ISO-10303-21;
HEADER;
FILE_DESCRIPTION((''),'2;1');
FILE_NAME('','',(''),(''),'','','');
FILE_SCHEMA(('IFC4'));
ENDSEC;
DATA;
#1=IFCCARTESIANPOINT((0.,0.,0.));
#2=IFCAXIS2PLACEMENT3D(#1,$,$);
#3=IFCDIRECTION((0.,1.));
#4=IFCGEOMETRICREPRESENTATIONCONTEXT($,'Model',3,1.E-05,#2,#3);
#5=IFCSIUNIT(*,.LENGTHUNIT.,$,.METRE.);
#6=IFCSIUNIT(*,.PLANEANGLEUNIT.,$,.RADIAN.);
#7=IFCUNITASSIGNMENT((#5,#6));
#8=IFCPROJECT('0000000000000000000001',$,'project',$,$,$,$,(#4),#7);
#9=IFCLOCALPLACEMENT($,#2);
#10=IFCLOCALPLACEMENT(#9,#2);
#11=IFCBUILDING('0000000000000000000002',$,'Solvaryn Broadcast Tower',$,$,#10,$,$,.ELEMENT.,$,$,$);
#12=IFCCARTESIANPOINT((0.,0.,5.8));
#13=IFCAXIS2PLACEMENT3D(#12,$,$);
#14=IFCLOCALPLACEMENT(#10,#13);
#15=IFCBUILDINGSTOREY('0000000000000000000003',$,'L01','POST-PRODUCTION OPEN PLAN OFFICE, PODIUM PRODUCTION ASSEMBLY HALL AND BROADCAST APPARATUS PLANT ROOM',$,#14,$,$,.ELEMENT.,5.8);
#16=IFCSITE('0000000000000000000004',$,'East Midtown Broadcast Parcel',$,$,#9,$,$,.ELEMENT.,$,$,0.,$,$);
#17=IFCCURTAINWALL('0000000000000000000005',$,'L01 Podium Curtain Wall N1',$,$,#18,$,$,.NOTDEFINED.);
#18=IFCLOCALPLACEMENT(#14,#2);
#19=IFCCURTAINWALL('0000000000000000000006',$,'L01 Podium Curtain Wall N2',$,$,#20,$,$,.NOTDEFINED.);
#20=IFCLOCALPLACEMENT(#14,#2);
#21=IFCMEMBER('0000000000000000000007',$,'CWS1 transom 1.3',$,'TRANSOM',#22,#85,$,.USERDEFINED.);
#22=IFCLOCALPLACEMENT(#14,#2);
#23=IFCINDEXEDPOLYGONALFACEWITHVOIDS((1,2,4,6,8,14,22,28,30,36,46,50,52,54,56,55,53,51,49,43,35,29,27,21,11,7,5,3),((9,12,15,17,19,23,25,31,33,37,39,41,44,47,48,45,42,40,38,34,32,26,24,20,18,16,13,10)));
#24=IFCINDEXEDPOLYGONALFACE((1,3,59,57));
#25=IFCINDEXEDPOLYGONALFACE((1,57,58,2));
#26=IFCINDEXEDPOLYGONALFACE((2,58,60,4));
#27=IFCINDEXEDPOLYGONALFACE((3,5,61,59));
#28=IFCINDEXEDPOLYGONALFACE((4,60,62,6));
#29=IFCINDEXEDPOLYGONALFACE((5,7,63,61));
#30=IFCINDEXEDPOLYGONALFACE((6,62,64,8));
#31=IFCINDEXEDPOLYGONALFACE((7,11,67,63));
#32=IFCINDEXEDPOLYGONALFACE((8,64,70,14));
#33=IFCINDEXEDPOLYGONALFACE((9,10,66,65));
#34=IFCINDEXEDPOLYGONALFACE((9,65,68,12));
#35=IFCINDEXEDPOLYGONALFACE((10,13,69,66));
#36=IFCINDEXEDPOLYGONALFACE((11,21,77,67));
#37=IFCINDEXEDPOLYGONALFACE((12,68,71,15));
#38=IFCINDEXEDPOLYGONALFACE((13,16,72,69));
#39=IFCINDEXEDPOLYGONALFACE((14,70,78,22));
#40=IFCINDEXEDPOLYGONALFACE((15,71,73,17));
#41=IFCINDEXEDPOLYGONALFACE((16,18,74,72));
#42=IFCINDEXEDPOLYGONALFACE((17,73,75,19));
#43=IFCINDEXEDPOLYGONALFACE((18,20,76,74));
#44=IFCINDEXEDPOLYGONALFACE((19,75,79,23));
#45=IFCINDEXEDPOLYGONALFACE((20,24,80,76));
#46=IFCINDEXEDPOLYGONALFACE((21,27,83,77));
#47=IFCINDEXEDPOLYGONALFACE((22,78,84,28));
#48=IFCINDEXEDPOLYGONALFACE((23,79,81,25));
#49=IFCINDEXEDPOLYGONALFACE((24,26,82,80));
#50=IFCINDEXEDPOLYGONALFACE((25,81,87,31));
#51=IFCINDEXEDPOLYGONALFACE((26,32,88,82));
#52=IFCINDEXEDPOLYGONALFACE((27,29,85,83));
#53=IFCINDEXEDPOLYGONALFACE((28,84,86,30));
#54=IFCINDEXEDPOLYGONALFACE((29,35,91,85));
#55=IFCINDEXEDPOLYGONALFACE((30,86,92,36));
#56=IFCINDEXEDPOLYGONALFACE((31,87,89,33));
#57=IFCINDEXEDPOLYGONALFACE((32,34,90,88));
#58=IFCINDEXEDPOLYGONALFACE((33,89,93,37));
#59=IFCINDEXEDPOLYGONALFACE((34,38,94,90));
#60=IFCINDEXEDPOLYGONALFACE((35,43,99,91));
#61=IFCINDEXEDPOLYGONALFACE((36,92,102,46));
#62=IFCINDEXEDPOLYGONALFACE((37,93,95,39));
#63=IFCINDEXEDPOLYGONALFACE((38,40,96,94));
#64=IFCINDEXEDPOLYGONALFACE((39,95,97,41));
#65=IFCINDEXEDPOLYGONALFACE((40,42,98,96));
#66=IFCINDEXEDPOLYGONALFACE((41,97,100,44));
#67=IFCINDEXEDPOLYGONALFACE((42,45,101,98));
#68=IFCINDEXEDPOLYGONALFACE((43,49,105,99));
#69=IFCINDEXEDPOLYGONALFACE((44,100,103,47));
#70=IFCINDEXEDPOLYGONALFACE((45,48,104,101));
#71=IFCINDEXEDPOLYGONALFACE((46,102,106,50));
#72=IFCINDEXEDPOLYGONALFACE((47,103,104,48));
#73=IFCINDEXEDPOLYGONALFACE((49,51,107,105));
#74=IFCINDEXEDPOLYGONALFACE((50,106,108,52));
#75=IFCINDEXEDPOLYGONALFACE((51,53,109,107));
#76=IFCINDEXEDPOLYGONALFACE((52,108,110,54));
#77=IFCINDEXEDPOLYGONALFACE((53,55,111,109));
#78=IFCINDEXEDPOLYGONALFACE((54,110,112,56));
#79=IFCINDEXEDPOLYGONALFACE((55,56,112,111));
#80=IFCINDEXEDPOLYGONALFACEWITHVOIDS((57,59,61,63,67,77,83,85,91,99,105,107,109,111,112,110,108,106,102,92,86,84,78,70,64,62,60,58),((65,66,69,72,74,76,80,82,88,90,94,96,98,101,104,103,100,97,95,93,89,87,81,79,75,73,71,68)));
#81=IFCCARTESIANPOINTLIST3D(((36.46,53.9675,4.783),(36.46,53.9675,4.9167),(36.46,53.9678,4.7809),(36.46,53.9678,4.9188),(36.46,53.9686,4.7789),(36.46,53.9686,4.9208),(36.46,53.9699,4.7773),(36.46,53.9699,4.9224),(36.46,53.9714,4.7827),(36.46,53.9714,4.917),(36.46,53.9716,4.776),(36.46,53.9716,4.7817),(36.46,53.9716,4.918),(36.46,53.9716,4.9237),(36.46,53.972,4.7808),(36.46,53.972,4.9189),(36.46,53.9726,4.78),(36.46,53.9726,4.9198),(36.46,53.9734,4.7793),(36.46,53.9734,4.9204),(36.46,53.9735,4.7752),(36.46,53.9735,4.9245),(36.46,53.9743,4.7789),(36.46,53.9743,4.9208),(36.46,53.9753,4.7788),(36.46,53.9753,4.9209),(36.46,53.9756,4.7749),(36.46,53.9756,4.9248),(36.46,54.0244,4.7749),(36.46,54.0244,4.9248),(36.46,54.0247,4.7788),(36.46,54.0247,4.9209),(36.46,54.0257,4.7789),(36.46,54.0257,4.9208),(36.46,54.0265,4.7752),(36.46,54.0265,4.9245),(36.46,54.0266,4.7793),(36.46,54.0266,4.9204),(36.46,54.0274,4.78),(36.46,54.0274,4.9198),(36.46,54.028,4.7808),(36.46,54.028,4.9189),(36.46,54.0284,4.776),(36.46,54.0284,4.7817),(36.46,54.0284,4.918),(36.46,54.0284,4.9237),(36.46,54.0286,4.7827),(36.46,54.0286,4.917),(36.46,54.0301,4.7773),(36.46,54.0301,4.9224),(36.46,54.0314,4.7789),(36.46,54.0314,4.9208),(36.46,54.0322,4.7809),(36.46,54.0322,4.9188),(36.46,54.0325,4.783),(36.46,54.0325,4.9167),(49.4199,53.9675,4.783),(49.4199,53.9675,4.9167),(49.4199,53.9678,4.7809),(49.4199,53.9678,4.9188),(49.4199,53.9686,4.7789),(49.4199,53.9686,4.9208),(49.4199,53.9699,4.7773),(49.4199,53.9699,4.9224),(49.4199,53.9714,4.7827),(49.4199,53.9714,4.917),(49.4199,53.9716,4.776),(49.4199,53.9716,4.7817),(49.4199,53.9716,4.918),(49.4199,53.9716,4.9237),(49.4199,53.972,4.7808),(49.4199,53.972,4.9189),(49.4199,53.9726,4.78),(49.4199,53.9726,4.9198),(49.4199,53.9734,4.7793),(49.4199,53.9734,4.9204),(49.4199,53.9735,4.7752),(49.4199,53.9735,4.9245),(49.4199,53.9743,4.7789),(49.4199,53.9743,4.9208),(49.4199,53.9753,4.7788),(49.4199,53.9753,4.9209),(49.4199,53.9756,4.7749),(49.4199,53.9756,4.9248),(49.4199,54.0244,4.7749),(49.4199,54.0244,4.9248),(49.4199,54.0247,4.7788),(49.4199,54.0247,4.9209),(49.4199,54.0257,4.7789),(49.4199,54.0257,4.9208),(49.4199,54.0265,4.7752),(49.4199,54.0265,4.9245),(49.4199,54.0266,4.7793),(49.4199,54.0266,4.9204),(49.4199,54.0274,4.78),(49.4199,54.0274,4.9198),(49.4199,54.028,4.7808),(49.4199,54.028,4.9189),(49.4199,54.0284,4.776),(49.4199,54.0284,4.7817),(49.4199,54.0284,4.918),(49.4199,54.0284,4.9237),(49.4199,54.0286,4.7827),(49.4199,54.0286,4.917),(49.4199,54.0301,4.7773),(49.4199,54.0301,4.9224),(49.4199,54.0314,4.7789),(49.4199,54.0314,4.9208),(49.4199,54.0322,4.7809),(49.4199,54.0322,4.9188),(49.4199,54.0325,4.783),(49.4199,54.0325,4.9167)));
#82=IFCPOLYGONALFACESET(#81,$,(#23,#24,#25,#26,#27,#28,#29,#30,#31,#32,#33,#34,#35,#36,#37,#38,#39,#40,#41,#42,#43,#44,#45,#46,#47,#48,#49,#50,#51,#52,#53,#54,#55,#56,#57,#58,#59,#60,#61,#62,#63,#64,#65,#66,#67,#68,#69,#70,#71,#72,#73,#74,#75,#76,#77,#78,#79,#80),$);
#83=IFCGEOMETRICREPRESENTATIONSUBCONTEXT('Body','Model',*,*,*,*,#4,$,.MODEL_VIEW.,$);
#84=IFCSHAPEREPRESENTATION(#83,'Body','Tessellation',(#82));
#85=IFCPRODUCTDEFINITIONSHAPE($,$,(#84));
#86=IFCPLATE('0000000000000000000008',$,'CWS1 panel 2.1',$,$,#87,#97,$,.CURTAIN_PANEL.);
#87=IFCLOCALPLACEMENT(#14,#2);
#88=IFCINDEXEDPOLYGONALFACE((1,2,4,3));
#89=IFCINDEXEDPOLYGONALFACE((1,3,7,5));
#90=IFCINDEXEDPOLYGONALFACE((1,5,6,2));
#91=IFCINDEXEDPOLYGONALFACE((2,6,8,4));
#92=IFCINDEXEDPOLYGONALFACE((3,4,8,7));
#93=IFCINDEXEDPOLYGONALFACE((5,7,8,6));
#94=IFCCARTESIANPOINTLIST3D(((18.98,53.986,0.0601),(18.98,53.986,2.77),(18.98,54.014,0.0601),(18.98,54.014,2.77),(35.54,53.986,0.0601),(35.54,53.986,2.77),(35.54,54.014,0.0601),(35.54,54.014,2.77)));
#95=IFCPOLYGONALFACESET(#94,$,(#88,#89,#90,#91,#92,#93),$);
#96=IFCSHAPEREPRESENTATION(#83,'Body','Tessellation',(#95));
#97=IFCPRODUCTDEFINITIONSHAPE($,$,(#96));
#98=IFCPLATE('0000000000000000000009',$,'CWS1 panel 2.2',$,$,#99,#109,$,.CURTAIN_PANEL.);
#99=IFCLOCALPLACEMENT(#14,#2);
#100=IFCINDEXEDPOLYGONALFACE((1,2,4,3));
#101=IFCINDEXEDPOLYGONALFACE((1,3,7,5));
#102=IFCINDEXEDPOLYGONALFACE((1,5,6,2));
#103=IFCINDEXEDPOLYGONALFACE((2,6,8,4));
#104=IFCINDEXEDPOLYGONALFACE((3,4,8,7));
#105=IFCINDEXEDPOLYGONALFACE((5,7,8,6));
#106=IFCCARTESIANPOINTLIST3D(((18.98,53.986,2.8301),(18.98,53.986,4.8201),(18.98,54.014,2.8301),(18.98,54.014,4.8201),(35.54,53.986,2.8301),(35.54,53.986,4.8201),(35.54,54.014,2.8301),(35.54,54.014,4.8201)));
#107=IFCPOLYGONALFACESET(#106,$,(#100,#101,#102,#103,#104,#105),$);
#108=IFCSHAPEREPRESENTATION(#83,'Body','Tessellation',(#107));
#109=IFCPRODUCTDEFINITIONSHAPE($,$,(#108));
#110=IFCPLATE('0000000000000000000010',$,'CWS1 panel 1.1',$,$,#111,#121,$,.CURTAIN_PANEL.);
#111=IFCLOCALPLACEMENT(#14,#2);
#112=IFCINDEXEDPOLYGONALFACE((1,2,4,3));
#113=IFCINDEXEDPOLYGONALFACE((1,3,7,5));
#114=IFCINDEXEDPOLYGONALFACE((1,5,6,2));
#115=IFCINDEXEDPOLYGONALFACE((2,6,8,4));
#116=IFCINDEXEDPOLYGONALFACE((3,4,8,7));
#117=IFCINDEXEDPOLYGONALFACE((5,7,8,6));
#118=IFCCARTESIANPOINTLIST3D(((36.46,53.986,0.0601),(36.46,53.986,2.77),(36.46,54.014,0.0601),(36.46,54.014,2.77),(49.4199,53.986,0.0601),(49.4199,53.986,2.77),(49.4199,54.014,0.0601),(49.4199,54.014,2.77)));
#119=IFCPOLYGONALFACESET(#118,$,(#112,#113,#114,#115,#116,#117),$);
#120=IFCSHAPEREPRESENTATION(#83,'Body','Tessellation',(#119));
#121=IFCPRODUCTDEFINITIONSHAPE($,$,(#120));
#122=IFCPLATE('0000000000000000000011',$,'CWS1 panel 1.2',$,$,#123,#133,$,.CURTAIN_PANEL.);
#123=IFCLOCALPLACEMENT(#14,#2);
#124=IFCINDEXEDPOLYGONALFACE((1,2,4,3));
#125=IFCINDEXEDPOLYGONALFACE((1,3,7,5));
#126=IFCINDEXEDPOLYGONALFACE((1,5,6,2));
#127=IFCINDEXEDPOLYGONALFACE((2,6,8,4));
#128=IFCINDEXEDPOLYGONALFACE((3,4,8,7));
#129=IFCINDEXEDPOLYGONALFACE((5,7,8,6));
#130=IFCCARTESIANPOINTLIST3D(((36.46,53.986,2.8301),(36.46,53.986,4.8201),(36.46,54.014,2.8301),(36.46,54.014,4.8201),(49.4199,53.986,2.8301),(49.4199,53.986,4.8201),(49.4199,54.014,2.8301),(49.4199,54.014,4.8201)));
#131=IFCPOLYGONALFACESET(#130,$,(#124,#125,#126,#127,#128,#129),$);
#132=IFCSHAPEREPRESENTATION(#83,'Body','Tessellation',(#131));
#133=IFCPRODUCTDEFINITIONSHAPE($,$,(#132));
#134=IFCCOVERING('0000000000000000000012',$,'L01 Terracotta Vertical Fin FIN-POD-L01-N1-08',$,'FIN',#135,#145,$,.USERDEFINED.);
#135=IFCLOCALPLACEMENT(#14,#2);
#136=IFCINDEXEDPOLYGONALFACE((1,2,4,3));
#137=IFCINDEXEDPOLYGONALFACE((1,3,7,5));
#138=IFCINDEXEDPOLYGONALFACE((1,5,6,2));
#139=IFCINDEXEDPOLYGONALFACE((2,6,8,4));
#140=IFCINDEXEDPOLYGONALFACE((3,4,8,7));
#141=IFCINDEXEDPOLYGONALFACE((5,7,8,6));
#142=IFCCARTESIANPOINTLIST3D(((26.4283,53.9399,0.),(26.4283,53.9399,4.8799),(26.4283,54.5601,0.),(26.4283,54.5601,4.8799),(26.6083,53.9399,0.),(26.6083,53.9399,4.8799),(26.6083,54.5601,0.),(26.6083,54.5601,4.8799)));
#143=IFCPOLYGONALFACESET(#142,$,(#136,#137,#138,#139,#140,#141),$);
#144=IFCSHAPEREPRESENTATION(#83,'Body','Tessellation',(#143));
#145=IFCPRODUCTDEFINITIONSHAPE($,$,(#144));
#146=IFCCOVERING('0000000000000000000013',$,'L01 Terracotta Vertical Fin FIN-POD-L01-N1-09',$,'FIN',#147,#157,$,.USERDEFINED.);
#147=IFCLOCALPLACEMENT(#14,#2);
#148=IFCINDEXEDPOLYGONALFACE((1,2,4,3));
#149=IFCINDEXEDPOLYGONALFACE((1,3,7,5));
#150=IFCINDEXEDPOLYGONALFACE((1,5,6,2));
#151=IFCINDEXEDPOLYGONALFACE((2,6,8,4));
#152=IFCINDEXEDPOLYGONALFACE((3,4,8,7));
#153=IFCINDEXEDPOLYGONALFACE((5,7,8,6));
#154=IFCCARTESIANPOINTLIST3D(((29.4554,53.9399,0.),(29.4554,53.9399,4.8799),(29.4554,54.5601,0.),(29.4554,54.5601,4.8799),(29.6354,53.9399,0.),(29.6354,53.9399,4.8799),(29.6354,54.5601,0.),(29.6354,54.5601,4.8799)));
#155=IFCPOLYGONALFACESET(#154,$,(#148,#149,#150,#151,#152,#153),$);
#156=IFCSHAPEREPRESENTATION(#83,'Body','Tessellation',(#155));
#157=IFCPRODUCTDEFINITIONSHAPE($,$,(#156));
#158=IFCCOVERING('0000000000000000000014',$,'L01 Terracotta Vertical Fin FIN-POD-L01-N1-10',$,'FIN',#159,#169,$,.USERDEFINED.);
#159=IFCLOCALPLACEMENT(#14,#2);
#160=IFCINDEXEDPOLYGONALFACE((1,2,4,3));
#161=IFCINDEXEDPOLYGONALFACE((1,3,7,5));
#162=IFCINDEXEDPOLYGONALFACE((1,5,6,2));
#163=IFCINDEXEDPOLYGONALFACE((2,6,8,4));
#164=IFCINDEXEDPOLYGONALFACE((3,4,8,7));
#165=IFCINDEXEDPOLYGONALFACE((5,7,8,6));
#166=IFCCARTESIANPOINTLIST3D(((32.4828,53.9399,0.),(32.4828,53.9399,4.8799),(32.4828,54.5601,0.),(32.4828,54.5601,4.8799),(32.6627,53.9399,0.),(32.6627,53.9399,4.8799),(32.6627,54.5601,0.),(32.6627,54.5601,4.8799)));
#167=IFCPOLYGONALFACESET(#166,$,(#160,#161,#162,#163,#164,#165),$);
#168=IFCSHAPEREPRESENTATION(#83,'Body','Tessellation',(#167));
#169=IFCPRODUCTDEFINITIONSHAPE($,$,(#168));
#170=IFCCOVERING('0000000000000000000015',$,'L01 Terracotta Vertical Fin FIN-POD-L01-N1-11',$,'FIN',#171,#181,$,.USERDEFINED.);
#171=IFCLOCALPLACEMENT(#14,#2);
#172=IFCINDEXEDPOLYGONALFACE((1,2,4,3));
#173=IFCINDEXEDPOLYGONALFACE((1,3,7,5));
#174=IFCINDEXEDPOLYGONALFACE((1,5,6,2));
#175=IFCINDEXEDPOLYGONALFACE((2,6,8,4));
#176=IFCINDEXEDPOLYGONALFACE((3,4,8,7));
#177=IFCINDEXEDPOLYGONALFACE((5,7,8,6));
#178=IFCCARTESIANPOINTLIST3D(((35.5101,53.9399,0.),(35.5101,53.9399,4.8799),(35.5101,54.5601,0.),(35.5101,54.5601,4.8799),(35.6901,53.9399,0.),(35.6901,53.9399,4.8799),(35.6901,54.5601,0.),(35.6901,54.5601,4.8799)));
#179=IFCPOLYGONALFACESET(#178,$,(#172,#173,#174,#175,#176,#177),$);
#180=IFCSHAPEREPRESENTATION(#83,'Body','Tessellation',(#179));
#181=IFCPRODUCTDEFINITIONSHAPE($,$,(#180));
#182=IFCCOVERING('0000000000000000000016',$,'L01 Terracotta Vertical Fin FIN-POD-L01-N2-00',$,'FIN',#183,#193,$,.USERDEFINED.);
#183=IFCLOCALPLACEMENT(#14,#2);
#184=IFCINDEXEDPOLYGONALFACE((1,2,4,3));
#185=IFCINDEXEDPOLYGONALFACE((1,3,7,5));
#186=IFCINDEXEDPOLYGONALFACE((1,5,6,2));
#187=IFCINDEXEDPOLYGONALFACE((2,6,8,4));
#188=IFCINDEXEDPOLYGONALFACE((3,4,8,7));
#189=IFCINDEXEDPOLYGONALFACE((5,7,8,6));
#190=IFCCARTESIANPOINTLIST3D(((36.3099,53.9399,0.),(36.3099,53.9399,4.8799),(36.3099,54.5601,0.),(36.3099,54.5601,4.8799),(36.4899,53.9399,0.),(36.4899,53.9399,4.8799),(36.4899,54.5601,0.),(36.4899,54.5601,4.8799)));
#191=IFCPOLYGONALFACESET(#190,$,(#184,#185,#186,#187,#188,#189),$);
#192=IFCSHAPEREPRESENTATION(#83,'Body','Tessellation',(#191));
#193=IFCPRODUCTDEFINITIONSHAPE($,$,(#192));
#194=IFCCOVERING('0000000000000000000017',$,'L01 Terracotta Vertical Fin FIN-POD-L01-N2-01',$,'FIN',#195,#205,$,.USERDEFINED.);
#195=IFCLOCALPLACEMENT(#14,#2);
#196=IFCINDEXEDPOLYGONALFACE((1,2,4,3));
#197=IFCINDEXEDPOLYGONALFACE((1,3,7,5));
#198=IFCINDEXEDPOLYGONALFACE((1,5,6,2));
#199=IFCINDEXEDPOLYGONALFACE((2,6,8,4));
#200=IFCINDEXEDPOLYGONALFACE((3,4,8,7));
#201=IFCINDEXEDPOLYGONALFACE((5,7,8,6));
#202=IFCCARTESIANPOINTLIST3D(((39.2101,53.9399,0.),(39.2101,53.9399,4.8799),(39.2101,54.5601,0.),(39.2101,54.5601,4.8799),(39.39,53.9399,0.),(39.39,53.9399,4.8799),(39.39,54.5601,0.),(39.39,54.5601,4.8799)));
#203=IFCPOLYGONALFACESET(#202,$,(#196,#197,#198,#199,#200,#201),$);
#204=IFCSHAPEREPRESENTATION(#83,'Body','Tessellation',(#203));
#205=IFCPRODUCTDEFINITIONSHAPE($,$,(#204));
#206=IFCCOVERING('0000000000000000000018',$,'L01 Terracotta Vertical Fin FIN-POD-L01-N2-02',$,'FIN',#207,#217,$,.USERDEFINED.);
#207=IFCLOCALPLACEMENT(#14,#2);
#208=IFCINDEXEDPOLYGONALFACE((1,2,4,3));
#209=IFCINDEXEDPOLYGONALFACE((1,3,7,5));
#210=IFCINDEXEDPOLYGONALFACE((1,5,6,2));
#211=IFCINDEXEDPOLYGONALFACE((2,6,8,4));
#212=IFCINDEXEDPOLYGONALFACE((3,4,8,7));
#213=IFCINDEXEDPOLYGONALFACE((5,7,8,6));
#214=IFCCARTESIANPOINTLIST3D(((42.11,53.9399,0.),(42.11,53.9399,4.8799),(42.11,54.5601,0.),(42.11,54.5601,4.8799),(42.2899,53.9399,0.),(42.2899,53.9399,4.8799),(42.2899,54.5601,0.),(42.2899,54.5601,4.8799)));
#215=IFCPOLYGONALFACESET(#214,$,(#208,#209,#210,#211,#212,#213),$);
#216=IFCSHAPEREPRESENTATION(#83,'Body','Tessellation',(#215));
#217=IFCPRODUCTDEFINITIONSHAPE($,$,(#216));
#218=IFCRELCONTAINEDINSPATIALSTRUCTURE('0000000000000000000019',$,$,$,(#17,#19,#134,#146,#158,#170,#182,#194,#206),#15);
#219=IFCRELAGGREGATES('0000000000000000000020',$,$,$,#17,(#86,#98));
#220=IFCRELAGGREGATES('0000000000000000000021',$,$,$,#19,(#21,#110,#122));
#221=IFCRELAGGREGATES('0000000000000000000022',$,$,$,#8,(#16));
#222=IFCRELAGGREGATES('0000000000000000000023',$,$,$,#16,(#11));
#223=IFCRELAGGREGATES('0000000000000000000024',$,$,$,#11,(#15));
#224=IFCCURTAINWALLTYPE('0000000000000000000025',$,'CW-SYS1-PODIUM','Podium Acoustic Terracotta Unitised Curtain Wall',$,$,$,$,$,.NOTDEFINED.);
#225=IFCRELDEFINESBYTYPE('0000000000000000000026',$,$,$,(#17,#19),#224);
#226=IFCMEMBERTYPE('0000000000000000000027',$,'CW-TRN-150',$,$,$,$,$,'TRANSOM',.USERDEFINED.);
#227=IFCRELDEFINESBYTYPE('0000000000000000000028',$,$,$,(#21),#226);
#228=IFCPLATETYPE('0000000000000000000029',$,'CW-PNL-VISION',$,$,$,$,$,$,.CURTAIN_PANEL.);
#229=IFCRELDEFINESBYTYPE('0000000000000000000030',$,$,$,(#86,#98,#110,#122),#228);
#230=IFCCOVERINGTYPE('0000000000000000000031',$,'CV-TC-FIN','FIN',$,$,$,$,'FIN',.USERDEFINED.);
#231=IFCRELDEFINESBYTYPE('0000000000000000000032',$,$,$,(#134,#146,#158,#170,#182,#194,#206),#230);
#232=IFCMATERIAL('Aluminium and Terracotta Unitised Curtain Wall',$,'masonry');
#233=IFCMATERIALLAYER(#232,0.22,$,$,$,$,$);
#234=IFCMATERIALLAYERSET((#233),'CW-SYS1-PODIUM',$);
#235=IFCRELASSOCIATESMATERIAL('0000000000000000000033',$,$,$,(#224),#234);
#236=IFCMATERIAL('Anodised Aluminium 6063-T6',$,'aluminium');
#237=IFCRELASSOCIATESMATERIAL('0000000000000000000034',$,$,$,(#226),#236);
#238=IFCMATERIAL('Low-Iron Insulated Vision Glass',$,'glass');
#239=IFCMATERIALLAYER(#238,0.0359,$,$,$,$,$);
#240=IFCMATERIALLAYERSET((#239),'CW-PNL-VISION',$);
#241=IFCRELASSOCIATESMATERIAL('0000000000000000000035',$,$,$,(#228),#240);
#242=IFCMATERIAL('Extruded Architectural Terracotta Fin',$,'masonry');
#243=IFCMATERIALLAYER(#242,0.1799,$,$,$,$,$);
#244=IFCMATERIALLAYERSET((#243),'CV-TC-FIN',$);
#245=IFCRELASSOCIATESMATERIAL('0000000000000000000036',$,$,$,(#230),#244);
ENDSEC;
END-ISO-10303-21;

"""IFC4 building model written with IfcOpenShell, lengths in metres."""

from ifc_helpers import new_model, si_unit, direction, frame, origin, origin_2d, place, context, subcontext, project, spatial, rectangle, hollow_rectangle, extrude, material, layer, layer_set, material_profile, profile_set, type_object, element, aggregate, save


model = new_model("IFC4")

# Units and contexts
model_context = context("Model", 3, precision=1e-05, world=origin(), true_north=direction((0.0, 1.0)))
body_context = subcontext(model_context, "Body", "Model", "MODEL_VIEW")
ifc_project = project(units=[si_unit("LENGTHUNIT", "METRE"), si_unit("PLANEANGLEUNIT", "RADIAN")], contexts=[model_context])

# Site, building, storey
site_placement = place(None, origin())
site = spatial("IfcSite", under=ifc_project, at=site_placement, Name="East Midtown Broadcast Parcel", CompositionType="ELEMENT", RefElevation=0.0)
building_placement = place(site_placement, origin())
building = spatial("IfcBuilding", under=site, at=building_placement, Name="Solvaryn Broadcast Tower", CompositionType="ELEMENT")
storey_placement = place(building_placement, frame((0.0, 0.0, 5.8)))
storey = spatial("IfcBuildingStorey", under=building, at=storey_placement, Name="L01", Description="POST-PRODUCTION OPEN PLAN OFFICE, PODIUM PRODUCTION ASSEMBLY HALL AND BROADCAST APPARATUS PLANT ROOM", CompositionType="ELEMENT", Elevation=5.8)

# Curtain wall
ifc_material_1 = material(Name="Aluminium and Terracotta Unitised Curtain Wall", Category="masonry")
ifc_layer_1 = layer(ifc_material_1, 0.22)
ifc_layer_set_1 = layer_set([ifc_layer_1], Name="CW-SYS1-PODIUM")
curtain_wall_type = type_object("IfcCurtainWallType", Name="CW-SYS1-PODIUM", Description="Podium Acoustic Terracotta Unitised Curtain Wall", PredefinedType="NOTDEFINED", material=ifc_layer_set_1)
curtain_wall_1_placement = place(storey_placement, origin())
curtain_wall_1 = element("IfcCurtainWall", 1, at=curtain_wall_1_placement, inside=storey, type_object=curtain_wall_type, Name="L01 Podium Curtain Wall N1", PredefinedType="NOTDEFINED")

# Curtain wall, member
curtain_wall_2_placement = place(storey_placement, origin())
curtain_wall_2 = element("IfcCurtainWall", 2, at=curtain_wall_2_placement, inside=storey, type_object=curtain_wall_type, Name="L01 Podium Curtain Wall N2", PredefinedType="NOTDEFINED")
ifc_material_2 = material(Name="Anodised Aluminium 6063-T6", Category="aluminium")
ifc_material_profile_1 = material_profile(ifc_material_2, hollow_rectangle(XDim=0.0649, YDim=0.1499, WallThickness=0.0039, InnerFilletRadius=0.0039, OuterFilletRadius=0.0081, at=origin_2d()))
ifc_profile_set_1 = profile_set([ifc_material_profile_1], Name="Anodised Aluminium 6063-T6")
member_type_1 = type_object("IfcMemberType", Name="CW-TRN-150", ElementType="TRANSOM", PredefinedType="USERDEFINED", material=ifc_profile_set_1)
member_1_placement = place(storey_placement, frame((36.46, 54.0, 4.8499), z_axis=(1.0, 0.0, 0.0), x_axis=(0.0, 1.0, 0.0)))
member_1 = element("IfcMember", 3, at=member_1_placement, type_object=member_type_1, Name="CWS1 transom 1.3", ObjectType="TRANSOM", PredefinedType="USERDEFINED", context=body_context, shape_type="SweptSolid", body=[
    extrude(hollow_rectangle(XDim=0.0649, YDim=0.1499, WallThickness=0.0039, InnerFilletRadius=0.0039, OuterFilletRadius=0.0081, at=origin_2d()), origin(), (0.0, 0.0, 1.0), 12.96),
])

# Plates
ifc_material_3 = material(Name="Low-Iron Insulated Vision Glass", Category="glass")
ifc_layer_2 = layer(ifc_material_3, 0.0359)
ifc_layer_set_2 = layer_set([ifc_layer_2], Name="CW-PNL-VISION")
plate_type = type_object("IfcPlateType", Name="CW-PNL-VISION", PredefinedType="CURTAIN_PANEL", material=ifc_layer_set_2)
plate_1_placement = place(storey_placement, frame((27.26, 54.0, 0.0601), z_axis=(0.0, 0.0, 1.0), x_axis=(1.0, 0.0, 0.0)))
plate_1 = element("IfcPlate", 4, at=plate_1_placement, type_object=plate_type, Name="CWS1 panel 2.1", PredefinedType="CURTAIN_PANEL", context=body_context, shape_type="SweptSolid", body=[
    extrude(rectangle(XDim=16.5601, YDim=0.0281, at=origin_2d()), origin(), (0.0, 0.0, 1.0), 2.71),
])
plate_2_placement = place(storey_placement, frame((27.26, 54.0, 2.8301), z_axis=(0.0, 0.0, 1.0), x_axis=(1.0, 0.0, 0.0)))
plate_2 = element("IfcPlate", 5, at=plate_2_placement, type_object=plate_type, Name="CWS1 panel 2.2", PredefinedType="CURTAIN_PANEL", context=body_context, shape_type="SweptSolid", body=[
    extrude(rectangle(XDim=16.5601, YDim=0.0281, at=origin_2d()), origin(), (0.0, 0.0, 1.0), 1.99),
])
aggregate(curtain_wall_1, [plate_1, plate_2])
plate_3_placement = place(storey_placement, frame((42.9399, 54.0, 0.0601), z_axis=(0.0, 0.0, 1.0), x_axis=(1.0, 0.0, 0.0)))
plate_3 = element("IfcPlate", 6, at=plate_3_placement, type_object=plate_type, Name="CWS1 panel 1.1", PredefinedType="CURTAIN_PANEL", context=body_context, shape_type="SweptSolid", body=[
    extrude(rectangle(XDim=12.96, YDim=0.0281, at=origin_2d()), origin(), (0.0, 0.0, 1.0), 2.71),
])
plate_4_placement = place(storey_placement, frame((42.9399, 54.0, 2.8301), z_axis=(0.0, 0.0, 1.0), x_axis=(1.0, 0.0, 0.0)))
plate_4 = element("IfcPlate", 7, at=plate_4_placement, type_object=plate_type, Name="CWS1 panel 1.2", PredefinedType="CURTAIN_PANEL", context=body_context, shape_type="SweptSolid", body=[
    extrude(rectangle(XDim=12.96, YDim=0.0281, at=origin_2d()), origin(), (0.0, 0.0, 1.0), 1.99),
])
aggregate(curtain_wall_2, [member_1, plate_3, plate_4])

# Coverings
ifc_material_4 = material(Name="Extruded Architectural Terracotta Fin", Category="masonry")
ifc_layer_3 = layer(ifc_material_4, 0.1799)
ifc_layer_set_3 = layer_set([ifc_layer_3], Name="CV-TC-FIN")
covering_type = type_object("IfcCoveringType", Name="CV-TC-FIN", Description="FIN", ElementType="FIN", PredefinedType="USERDEFINED", material=ifc_layer_set_3)
for number, where, z_axis, x_axis, name in (
    (8, (26.5183, 54.25, 0.0), (0.0, 0.0, 1.0), (1.0, 0.0, 0.0), "L01 Terracotta Vertical Fin FIN-POD-L01-N1-08"),
    (9, (29.5454, 54.25, 0.0), (0.0, 0.0, 1.0), (1.0, 0.0, 0.0), "L01 Terracotta Vertical Fin FIN-POD-L01-N1-09"),
    (10, (32.5728, 54.25, 0.0), (0.0, 0.0, 1.0), (1.0, 0.0, 0.0), "L01 Terracotta Vertical Fin FIN-POD-L01-N1-10"),
    (11, (35.6001, 54.25, 0.0), (0.0, 0.0, 1.0), (1.0, 0.0, 0.0), "L01 Terracotta Vertical Fin FIN-POD-L01-N1-11"),
    (12, (36.3999, 54.25, 0.0), (0.0, 0.0, 1.0), (1.0, 0.0, 0.0), "L01 Terracotta Vertical Fin FIN-POD-L01-N2-00"),
    (13, (39.3, 54.25, 0.0), (0.0, 0.0, 1.0), (1.0, 0.0, 0.0), "L01 Terracotta Vertical Fin FIN-POD-L01-N2-01"),
    (14, (42.2, 54.25, 0.0), (0.0, 0.0, 1.0), (1.0, 0.0, 0.0), "L01 Terracotta Vertical Fin FIN-POD-L01-N2-02"),
):
    element("IfcCovering", number, at=place(storey_placement, frame(where, z_axis=z_axis, x_axis=x_axis)), inside=storey, type_object=covering_type, Name=name, ObjectType="FIN", PredefinedType="USERDEFINED", context=body_context, shape_type="SweptSolid", body=[
        extrude(rectangle(XDim=0.1799, YDim=0.6201, at=origin_2d()), origin(), (0.0, 0.0, 1.0), 4.8799),
    ])

save(model, "model.ifc")
